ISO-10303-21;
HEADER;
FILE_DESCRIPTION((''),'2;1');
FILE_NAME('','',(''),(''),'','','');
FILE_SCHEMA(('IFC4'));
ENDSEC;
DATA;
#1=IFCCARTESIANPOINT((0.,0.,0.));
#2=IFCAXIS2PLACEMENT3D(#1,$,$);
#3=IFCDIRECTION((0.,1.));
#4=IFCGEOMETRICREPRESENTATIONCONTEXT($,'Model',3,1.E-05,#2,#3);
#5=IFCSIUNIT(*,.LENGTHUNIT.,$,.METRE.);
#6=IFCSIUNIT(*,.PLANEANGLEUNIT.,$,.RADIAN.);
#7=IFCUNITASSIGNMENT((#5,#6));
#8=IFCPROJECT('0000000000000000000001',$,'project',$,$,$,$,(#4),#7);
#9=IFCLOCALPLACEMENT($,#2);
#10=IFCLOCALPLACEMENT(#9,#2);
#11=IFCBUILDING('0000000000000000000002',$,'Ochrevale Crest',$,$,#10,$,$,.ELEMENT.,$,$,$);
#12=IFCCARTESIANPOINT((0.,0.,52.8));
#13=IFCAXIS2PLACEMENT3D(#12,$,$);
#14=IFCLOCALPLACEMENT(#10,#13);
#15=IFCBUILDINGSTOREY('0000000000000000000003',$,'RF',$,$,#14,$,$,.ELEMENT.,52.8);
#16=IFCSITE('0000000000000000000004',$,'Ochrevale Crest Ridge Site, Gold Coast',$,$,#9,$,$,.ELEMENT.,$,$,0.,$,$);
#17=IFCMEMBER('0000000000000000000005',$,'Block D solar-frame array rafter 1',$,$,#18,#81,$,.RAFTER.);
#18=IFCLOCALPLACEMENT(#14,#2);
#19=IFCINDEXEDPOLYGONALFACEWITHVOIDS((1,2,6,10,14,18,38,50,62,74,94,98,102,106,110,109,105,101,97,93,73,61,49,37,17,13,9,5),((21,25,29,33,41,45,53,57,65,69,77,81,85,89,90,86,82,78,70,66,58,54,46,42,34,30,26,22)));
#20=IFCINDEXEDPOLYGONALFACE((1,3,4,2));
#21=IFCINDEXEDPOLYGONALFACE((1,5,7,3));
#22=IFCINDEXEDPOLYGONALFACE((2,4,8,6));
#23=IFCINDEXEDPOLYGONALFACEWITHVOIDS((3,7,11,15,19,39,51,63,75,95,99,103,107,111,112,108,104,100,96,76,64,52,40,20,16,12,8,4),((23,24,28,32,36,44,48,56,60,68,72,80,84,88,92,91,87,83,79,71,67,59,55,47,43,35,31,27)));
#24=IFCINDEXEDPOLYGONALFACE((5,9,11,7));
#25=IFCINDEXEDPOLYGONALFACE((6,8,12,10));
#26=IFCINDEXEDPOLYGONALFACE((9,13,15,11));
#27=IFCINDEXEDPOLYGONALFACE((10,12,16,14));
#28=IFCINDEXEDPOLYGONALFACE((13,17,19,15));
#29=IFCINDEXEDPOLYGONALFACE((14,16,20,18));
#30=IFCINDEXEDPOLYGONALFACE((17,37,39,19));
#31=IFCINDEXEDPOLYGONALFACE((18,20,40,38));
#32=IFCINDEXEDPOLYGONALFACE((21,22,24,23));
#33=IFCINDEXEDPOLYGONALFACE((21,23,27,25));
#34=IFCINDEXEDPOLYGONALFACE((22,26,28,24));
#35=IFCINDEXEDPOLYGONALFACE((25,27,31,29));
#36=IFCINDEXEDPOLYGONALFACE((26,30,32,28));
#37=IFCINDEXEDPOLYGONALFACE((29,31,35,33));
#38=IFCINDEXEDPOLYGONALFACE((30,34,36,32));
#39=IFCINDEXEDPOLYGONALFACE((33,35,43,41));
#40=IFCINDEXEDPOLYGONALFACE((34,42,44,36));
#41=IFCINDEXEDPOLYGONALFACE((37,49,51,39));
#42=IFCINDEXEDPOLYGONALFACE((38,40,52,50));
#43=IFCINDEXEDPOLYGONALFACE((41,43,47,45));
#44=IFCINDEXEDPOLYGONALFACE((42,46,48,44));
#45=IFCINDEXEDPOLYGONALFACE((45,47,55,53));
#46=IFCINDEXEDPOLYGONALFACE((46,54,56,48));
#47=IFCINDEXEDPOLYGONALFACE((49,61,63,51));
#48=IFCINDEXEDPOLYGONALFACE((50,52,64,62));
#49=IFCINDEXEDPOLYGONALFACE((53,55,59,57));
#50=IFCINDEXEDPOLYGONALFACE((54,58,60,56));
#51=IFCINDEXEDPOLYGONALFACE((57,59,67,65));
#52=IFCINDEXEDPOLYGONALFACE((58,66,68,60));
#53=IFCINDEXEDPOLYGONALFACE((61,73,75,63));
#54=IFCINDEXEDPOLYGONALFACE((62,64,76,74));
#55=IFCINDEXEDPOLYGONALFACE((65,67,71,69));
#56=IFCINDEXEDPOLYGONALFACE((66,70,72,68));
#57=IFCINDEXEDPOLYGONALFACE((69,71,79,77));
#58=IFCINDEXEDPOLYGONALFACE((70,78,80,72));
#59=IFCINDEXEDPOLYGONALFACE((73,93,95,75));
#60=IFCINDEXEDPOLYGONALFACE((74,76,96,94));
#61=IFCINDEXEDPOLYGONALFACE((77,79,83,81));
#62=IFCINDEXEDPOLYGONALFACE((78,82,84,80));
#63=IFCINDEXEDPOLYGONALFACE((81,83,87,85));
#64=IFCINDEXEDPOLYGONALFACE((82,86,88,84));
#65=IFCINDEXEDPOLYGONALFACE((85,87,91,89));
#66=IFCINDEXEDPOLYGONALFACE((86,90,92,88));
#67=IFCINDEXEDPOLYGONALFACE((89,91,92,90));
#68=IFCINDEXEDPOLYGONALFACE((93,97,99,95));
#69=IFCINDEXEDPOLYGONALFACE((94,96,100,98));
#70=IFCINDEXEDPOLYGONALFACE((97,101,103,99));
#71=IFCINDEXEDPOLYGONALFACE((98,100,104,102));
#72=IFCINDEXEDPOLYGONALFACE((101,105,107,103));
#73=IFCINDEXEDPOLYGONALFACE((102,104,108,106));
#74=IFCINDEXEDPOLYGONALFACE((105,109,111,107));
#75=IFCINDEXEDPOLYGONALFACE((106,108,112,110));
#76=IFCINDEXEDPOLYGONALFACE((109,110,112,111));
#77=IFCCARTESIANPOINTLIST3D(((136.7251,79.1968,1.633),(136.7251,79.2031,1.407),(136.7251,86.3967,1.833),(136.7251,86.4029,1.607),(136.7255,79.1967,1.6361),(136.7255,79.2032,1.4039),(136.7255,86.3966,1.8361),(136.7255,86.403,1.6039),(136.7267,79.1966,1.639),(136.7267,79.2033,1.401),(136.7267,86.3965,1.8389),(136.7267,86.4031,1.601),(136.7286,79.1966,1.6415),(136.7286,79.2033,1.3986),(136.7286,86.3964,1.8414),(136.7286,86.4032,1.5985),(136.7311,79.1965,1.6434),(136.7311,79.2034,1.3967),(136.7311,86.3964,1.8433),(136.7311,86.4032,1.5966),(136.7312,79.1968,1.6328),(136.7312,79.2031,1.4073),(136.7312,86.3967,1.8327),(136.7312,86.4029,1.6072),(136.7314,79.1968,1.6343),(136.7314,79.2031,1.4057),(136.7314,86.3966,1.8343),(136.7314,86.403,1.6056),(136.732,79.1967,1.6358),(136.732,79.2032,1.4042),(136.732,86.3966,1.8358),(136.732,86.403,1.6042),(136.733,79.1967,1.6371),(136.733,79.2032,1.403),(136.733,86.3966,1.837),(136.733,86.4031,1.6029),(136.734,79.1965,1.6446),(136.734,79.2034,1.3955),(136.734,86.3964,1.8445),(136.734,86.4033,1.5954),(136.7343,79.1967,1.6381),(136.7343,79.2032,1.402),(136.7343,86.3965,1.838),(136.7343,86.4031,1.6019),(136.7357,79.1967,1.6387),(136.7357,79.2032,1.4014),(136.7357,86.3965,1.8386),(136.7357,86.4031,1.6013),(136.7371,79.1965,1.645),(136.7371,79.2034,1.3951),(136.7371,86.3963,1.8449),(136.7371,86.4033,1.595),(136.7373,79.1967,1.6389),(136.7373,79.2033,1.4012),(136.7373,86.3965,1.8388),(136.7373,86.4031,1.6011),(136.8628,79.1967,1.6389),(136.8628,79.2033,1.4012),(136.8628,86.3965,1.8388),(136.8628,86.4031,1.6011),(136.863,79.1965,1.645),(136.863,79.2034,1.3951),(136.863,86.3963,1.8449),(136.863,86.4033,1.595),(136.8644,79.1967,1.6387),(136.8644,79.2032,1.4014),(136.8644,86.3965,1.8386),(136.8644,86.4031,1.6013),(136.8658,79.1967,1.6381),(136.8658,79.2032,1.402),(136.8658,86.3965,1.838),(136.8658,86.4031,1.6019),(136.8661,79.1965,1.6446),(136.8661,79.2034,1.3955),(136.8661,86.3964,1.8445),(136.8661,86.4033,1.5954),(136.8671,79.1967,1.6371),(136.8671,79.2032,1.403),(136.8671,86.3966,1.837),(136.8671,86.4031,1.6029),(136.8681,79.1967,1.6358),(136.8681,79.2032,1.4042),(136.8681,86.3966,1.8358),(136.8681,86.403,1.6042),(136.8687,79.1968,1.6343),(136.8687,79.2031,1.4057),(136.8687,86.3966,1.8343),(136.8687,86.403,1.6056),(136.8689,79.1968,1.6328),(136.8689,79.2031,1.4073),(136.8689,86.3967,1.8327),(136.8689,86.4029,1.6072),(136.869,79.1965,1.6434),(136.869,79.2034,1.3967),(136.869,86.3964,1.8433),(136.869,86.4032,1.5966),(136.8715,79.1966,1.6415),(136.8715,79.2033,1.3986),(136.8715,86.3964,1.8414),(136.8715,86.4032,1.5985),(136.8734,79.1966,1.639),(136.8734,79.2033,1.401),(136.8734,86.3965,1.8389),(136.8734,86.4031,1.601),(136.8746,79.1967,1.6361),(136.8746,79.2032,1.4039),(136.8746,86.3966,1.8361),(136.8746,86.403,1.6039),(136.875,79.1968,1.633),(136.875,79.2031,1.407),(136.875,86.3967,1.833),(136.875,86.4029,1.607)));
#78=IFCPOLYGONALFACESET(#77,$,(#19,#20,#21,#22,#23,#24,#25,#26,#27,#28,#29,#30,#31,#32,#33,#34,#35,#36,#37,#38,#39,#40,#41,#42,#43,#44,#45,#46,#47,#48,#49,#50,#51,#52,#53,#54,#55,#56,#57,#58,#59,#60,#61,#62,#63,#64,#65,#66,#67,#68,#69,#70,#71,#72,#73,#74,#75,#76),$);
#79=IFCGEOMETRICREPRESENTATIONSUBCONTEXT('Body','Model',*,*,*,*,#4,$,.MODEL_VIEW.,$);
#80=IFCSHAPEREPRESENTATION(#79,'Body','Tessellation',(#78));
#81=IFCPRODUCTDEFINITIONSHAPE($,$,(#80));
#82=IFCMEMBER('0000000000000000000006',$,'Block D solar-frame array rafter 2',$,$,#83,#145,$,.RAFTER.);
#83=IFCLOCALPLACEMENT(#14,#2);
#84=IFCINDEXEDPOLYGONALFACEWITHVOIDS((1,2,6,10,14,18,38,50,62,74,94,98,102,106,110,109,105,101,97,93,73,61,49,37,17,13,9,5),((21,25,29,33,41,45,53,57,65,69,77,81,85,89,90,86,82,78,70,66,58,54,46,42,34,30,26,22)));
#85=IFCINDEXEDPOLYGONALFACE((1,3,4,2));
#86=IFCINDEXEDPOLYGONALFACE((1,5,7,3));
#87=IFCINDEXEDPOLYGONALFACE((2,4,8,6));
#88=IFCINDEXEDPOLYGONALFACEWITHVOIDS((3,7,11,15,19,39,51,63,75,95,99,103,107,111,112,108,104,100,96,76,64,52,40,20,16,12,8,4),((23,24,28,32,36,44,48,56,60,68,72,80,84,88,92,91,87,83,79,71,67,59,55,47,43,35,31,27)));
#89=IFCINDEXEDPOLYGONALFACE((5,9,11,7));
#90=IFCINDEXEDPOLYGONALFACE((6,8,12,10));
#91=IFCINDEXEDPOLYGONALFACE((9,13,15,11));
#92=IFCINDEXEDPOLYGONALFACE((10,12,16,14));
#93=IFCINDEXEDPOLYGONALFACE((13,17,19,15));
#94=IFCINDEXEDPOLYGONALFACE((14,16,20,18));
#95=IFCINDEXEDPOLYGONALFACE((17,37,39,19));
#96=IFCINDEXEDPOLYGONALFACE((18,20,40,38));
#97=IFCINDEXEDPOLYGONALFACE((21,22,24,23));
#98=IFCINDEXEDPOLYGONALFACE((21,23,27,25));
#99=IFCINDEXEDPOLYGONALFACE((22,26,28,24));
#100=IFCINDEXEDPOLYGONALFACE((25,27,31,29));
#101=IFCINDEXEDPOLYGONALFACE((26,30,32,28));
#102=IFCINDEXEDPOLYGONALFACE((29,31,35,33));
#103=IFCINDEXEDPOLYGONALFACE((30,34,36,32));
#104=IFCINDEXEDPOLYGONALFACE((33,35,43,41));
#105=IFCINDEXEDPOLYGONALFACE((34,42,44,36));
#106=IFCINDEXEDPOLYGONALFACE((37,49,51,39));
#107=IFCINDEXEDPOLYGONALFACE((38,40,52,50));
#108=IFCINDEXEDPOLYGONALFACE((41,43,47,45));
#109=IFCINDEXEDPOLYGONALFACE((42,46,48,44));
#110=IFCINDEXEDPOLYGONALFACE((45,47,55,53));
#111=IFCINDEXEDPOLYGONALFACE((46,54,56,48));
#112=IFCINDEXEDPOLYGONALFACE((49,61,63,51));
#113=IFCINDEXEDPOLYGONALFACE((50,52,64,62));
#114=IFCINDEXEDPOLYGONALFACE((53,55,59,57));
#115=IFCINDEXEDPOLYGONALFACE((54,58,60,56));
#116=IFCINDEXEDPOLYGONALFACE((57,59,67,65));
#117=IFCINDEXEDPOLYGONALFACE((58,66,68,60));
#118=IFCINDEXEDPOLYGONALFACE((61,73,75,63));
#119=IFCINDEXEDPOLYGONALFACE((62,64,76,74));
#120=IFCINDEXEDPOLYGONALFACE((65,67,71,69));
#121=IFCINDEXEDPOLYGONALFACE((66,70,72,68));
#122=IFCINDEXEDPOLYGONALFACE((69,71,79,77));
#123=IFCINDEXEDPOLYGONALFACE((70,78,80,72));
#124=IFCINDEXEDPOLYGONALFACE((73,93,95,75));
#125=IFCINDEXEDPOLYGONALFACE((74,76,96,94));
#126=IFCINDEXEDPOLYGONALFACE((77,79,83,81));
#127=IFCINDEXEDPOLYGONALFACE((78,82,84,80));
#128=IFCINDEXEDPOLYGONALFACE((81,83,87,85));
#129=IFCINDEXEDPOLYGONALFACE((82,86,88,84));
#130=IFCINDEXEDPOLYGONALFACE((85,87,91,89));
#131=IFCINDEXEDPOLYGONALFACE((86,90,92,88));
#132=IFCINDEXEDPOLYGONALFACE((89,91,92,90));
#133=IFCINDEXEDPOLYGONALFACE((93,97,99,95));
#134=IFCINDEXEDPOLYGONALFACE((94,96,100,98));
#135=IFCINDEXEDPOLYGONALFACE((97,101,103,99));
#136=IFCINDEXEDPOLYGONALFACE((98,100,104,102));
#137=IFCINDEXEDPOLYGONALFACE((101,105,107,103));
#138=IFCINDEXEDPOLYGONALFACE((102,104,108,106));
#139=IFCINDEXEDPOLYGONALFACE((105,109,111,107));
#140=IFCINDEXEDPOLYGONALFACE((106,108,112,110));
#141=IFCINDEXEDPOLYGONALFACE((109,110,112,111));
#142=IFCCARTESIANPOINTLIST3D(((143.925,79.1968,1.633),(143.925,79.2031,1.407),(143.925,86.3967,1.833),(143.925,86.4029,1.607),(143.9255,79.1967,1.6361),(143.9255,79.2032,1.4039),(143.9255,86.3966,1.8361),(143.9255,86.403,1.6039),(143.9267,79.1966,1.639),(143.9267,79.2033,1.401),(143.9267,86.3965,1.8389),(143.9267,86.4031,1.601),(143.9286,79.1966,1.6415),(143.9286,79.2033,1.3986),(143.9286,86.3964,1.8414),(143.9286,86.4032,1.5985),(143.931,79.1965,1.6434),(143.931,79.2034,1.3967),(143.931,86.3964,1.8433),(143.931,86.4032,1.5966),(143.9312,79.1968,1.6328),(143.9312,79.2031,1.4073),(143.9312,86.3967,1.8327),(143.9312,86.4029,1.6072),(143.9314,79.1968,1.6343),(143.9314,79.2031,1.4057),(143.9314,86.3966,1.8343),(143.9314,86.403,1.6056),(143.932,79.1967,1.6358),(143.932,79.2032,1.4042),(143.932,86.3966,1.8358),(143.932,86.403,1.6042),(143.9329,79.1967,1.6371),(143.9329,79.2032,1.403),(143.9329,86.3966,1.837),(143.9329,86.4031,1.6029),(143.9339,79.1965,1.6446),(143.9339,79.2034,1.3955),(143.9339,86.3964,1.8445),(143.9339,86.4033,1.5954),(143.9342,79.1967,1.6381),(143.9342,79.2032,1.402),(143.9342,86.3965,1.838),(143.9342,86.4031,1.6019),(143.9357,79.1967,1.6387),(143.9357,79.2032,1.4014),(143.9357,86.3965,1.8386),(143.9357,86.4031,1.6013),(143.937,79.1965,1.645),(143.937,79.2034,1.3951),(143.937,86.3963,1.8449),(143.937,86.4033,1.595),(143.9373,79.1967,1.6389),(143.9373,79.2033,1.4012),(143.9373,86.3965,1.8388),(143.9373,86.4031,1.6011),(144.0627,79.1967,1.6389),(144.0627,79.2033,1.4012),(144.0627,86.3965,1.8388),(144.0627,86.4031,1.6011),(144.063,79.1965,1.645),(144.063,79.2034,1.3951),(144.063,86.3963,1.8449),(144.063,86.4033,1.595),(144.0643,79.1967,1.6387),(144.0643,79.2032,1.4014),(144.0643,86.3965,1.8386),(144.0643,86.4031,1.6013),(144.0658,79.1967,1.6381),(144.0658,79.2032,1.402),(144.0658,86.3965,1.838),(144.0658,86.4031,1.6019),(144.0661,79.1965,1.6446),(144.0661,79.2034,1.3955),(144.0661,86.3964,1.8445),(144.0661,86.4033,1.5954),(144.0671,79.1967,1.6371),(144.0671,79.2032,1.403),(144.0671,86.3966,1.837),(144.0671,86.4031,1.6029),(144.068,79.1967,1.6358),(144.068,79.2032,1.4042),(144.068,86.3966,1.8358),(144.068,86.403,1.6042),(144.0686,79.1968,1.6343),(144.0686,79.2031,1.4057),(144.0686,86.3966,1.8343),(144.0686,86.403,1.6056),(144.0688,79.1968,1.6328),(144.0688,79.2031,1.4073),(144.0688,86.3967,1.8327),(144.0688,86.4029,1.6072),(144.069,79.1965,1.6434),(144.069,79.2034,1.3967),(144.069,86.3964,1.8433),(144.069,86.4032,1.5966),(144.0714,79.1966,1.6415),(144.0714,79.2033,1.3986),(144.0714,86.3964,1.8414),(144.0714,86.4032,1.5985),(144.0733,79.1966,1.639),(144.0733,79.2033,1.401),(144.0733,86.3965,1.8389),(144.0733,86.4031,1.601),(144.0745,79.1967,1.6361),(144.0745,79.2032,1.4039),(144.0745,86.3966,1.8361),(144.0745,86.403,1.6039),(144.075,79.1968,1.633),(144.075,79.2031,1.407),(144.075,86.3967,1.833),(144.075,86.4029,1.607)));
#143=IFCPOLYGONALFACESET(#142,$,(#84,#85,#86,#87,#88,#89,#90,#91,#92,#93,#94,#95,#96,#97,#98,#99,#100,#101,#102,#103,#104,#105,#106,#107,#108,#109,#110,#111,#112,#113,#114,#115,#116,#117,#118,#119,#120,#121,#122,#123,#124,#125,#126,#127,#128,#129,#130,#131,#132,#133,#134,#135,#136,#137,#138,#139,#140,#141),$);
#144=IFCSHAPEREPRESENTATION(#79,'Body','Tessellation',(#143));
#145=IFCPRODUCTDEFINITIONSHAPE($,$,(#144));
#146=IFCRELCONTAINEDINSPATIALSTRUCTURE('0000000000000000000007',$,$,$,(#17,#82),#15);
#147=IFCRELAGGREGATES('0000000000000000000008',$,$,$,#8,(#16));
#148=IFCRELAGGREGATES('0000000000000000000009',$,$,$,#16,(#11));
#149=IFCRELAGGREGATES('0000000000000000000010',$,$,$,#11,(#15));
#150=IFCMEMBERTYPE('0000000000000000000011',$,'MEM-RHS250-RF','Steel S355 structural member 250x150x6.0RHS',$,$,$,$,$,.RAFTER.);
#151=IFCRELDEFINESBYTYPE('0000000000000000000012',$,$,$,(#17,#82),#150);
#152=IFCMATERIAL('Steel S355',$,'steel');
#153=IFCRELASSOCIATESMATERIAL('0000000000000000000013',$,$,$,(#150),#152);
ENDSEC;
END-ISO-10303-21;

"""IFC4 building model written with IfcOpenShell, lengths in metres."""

from ifc_helpers import new_model, si_unit, direction, frame, origin, origin_2d, place, context, subcontext, project, spatial, hollow_rectangle, extrude, material, material_profile, profile_set, type_object, element, save


model = new_model("IFC4")

# Units and contexts
model_context = context("Model", 3, precision=1e-05, world=origin(), true_north=direction((0.0, 1.0)))
body_context = subcontext(model_context, "Body", "Model", "MODEL_VIEW")
ifc_project = project(units=[si_unit("LENGTHUNIT", "METRE"), si_unit("PLANEANGLEUNIT", "RADIAN")], contexts=[model_context])

# Site, building, storey
site_placement = place(None, origin())
site = spatial("IfcSite", under=ifc_project, at=site_placement, Name="Ochrevale Crest Ridge Site, Gold Coast", CompositionType="ELEMENT", RefElevation=0.0)
building_placement = place(site_placement, origin())
building = spatial("IfcBuilding", under=site, at=building_placement, Name="Ochrevale Crest", CompositionType="ELEMENT")
storey_placement = place(building_placement, frame((0.0, 0.0, 52.8)))
storey = spatial("IfcBuildingStorey", under=building, at=storey_placement, Name="RF", CompositionType="ELEMENT", Elevation=52.8)

# Shared definitions
ifc_material_1 = material(Name="Steel S355", Category="steel")

# Members
ifc_material_profile_1 = material_profile(ifc_material_1, hollow_rectangle(XDim=0.1499, YDim=0.25, WallThickness=0.0061, InnerFilletRadius=0.0061, OuterFilletRadius=0.012, at=origin_2d()), Name="250x150x6.0RHS")
ifc_profile_set_1 = profile_set([ifc_material_profile_1], Name="Steel S355")
member_type_1 = type_object("IfcMemberType", Name="MEM-RHS250-RF", Description="Steel S355 structural member 250x150x6.0RHS", PredefinedType="RAFTER", material=ifc_profile_set_1)
for number, where, z_axis, x_axis, name in (
    (1, (136.8, 79.2, 1.52), (0.0, 0.999615, 0.02776), (-1.0, 0.0, 0.0), "Block D solar-frame array rafter 1"),
    (2, (144.0, 79.2, 1.52), (0.0, 0.999615, 0.02776), (-1.0, 0.0, 0.0), "Block D solar-frame array rafter 2"),
):
    element("IfcMember", number, at=place(storey_placement, frame(where, z_axis=z_axis, x_axis=x_axis)), inside=storey, type_object=member_type_1, Name=name, PredefinedType="RAFTER", context=body_context, shape_type="SweptSolid", body=[
        extrude(hollow_rectangle(XDim=0.1499, YDim=0.25, WallThickness=0.0061, InnerFilletRadius=0.0061, OuterFilletRadius=0.012, at=origin_2d()), origin(), (0.0, 0.0, 1.0), 7.2026),
    ])

save(model, "model.ifc")
